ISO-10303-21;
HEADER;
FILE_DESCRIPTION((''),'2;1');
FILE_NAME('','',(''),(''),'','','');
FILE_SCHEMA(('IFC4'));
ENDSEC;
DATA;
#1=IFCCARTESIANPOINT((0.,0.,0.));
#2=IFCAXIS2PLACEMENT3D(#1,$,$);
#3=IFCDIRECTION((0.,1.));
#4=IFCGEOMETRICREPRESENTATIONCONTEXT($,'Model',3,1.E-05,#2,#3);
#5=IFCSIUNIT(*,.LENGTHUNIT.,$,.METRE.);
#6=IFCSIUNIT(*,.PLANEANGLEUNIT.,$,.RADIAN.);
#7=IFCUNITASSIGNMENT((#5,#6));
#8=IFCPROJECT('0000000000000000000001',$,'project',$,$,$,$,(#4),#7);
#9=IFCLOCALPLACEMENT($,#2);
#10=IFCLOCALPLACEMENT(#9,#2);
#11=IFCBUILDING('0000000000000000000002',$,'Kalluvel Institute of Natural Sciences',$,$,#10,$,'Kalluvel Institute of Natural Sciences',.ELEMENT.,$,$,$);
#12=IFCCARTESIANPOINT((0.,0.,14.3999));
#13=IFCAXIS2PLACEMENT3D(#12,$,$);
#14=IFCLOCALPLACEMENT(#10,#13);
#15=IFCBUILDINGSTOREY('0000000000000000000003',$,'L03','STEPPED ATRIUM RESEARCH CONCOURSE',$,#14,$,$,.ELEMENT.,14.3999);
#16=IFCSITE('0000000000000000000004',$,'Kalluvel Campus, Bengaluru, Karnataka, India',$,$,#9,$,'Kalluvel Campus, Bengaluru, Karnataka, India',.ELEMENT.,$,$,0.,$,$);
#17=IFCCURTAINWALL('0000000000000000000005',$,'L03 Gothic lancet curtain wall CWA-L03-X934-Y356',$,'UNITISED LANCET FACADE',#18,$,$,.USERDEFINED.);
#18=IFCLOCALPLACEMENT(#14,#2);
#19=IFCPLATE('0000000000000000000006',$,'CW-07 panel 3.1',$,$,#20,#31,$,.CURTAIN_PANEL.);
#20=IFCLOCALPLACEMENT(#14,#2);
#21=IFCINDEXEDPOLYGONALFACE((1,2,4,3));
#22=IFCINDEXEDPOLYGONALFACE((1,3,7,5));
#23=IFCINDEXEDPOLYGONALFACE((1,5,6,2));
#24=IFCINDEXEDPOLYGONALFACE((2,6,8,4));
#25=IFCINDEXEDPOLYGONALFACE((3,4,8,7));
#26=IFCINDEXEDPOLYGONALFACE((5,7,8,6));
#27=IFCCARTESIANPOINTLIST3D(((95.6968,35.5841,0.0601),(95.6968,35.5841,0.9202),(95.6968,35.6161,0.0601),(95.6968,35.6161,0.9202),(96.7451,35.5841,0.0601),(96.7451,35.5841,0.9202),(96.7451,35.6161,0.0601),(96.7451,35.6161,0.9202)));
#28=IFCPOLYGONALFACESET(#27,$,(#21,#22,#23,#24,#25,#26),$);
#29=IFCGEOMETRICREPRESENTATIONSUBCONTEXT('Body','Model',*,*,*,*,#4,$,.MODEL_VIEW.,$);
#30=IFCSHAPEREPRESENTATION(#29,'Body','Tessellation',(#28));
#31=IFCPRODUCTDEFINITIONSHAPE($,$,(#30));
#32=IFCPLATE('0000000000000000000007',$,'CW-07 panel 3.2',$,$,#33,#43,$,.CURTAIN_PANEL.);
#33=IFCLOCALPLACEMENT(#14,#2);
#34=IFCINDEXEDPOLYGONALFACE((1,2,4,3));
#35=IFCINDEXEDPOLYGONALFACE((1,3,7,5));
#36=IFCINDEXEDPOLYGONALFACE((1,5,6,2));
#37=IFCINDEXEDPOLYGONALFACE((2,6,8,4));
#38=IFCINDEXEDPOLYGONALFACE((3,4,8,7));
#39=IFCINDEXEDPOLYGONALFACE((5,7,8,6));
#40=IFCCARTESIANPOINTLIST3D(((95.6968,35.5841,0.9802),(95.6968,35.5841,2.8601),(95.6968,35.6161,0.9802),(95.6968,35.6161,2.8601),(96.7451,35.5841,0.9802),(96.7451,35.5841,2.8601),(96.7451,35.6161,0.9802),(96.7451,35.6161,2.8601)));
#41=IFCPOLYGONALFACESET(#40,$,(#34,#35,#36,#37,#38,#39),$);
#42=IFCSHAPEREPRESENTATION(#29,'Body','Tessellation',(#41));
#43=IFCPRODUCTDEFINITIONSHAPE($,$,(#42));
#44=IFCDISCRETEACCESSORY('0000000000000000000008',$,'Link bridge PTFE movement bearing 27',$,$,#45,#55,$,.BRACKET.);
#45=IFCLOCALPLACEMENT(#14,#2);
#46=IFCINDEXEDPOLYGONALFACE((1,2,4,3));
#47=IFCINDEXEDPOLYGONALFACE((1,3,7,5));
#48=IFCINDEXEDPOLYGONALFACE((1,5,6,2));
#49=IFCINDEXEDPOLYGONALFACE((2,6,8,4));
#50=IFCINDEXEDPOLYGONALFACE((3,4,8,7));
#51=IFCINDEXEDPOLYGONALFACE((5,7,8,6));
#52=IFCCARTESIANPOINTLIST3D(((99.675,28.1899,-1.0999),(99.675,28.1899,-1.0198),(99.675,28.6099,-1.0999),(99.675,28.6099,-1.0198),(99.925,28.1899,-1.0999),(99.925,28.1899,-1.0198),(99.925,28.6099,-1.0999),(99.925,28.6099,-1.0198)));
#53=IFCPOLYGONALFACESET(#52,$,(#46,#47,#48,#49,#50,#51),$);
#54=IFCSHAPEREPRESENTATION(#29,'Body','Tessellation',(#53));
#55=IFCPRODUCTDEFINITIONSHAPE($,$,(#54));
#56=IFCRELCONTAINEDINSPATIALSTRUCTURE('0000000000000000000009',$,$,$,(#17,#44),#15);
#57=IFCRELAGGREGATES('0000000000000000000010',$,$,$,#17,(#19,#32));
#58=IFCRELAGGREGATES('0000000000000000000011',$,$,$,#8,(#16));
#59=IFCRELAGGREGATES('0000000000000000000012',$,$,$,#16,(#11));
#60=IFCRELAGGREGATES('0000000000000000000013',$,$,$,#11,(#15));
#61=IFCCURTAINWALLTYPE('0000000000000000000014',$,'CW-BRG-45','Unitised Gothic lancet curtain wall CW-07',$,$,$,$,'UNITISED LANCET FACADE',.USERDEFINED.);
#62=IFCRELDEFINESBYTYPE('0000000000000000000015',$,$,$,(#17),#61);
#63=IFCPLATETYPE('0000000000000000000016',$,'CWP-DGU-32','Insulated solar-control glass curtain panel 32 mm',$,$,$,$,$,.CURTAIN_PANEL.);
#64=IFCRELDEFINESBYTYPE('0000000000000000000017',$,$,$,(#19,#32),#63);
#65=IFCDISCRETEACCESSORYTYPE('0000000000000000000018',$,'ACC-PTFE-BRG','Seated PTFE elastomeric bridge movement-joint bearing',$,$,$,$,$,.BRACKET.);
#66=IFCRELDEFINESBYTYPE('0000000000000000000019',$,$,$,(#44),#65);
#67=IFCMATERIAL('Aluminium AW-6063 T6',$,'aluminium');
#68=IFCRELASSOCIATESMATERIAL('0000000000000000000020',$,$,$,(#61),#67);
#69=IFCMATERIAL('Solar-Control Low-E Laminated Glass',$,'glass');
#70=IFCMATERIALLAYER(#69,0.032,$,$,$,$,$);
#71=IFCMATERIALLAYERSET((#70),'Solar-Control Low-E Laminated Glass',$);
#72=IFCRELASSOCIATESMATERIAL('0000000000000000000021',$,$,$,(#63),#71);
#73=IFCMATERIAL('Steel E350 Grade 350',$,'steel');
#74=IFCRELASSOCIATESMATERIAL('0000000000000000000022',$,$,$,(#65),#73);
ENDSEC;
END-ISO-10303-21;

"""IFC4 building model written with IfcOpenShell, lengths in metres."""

from ifc_helpers import new_model, si_unit, direction, frame, origin, origin_2d, place, context, subcontext, project, spatial, rectangle, extrude, material, layer, layer_set, type_object, element, aggregate, save


model = new_model("IFC4")

# Units and contexts
model_context = context("Model", 3, precision=1e-05, world=origin(), true_north=direction((0.0, 1.0)))
body_context = subcontext(model_context, "Body", "Model", "MODEL_VIEW")
ifc_project = project(units=[si_unit("LENGTHUNIT", "METRE"), si_unit("PLANEANGLEUNIT", "RADIAN")], contexts=[model_context])

# Site, building, storey
site_placement = place(None, origin())
site = spatial("IfcSite", under=ifc_project, at=site_placement, Name="Kalluvel Campus, Bengaluru, Karnataka, India", LongName="Kalluvel Campus, Bengaluru, Karnataka, India", CompositionType="ELEMENT", RefElevation=0.0)
building_placement = place(site_placement, origin())
building = spatial("IfcBuilding", under=site, at=building_placement, Name="Kalluvel Institute of Natural Sciences", LongName="Kalluvel Institute of Natural Sciences", CompositionType="ELEMENT")
storey_placement = place(building_placement, frame((0.0, 0.0, 14.3999)))
storey = spatial("IfcBuildingStorey", under=building, at=storey_placement, Name="L03", Description="STEPPED ATRIUM RESEARCH CONCOURSE", CompositionType="ELEMENT", Elevation=14.3999)

# Shared definitions
ifc_material_1 = material(Name="Aluminium AW-6063 T6", Category="aluminium")
curtain_wall_type = type_object("IfcCurtainWallType", Name="CW-BRG-45", Description="Unitised Gothic lancet curtain wall CW-07", ElementType="UNITISED LANCET FACADE", PredefinedType="USERDEFINED", material=ifc_material_1)

# Curtain wall
curtain_wall_1_placement = place(storey_placement, origin())
curtain_wall_1 = element("IfcCurtainWall", 1, at=curtain_wall_1_placement, inside=storey, type_object=curtain_wall_type, Name="L03 Gothic lancet curtain wall CWA-L03-X934-Y356", ObjectType="UNITISED LANCET FACADE", PredefinedType="USERDEFINED")

# Plates
ifc_material_2 = material(Name="Solar-Control Low-E Laminated Glass", Category="glass")
ifc_layer = layer(ifc_material_2, 0.032)
ifc_layer_set = layer_set([ifc_layer], Name="Solar-Control Low-E Laminated Glass")
plate_type = type_object("IfcPlateType", Name="CWP-DGU-32", Description="Insulated solar-control glass curtain panel 32 mm", PredefinedType="CURTAIN_PANEL", material=ifc_layer_set)
plate_1_placement = place(storey_placement, frame((96.2209, 35.6001, 0.0601), z_axis=(0.0, 0.0, 1.0), x_axis=(1.0, 0.0, 0.0)))
plate_1 = element("IfcPlate", 2, at=plate_1_placement, type_object=plate_type, Name="CW-07 panel 3.1", PredefinedType="CURTAIN_PANEL", context=body_context, shape_type="SweptSolid", body=[
    extrude(rectangle(XDim=1.0483, YDim=0.032, at=origin_2d()), origin(), (0.0, 0.0, 1.0), 0.8601),
])
plate_2_placement = place(storey_placement, frame((96.2209, 35.6001, 0.9802), z_axis=(0.0, 0.0, 1.0), x_axis=(1.0, 0.0, 0.0)))
plate_2 = element("IfcPlate", 3, at=plate_2_placement, type_object=plate_type, Name="CW-07 panel 3.2", PredefinedType="CURTAIN_PANEL", context=body_context, shape_type="SweptSolid", body=[
    extrude(rectangle(XDim=1.0483, YDim=0.032, at=origin_2d()), origin(), (0.0, 0.0, 1.0), 1.8799),
])
aggregate(curtain_wall_1, [plate_1, plate_2])

# Discrete accessory
ifc_material_3 = material(Name="Steel E350 Grade 350", Category="steel")
discrete_accessory_type = type_object("IfcDiscreteAccessoryType", Name="ACC-PTFE-BRG", Description="Seated PTFE elastomeric bridge movement-joint bearing", PredefinedType="BRACKET", material=ifc_material_3)
discrete_accessory_placement = place(storey_placement, frame((99.8, 28.3999, -1.0999), z_axis=(0.0, 0.0, 1.0), x_axis=(1.0, 0.0, 0.0)))
element("IfcDiscreteAccessory", 4, at=discrete_accessory_placement, inside=storey, type_object=discrete_accessory_type, Name="Link bridge PTFE movement bearing 27", PredefinedType="BRACKET", context=body_context, shape_type="SweptSolid", body=[
    extrude(rectangle(XDim=0.25, YDim=0.4199, at=origin_2d()), origin(), (0.0, 0.0, 1.0), 0.0801),
])

save(model, "model.ifc")
